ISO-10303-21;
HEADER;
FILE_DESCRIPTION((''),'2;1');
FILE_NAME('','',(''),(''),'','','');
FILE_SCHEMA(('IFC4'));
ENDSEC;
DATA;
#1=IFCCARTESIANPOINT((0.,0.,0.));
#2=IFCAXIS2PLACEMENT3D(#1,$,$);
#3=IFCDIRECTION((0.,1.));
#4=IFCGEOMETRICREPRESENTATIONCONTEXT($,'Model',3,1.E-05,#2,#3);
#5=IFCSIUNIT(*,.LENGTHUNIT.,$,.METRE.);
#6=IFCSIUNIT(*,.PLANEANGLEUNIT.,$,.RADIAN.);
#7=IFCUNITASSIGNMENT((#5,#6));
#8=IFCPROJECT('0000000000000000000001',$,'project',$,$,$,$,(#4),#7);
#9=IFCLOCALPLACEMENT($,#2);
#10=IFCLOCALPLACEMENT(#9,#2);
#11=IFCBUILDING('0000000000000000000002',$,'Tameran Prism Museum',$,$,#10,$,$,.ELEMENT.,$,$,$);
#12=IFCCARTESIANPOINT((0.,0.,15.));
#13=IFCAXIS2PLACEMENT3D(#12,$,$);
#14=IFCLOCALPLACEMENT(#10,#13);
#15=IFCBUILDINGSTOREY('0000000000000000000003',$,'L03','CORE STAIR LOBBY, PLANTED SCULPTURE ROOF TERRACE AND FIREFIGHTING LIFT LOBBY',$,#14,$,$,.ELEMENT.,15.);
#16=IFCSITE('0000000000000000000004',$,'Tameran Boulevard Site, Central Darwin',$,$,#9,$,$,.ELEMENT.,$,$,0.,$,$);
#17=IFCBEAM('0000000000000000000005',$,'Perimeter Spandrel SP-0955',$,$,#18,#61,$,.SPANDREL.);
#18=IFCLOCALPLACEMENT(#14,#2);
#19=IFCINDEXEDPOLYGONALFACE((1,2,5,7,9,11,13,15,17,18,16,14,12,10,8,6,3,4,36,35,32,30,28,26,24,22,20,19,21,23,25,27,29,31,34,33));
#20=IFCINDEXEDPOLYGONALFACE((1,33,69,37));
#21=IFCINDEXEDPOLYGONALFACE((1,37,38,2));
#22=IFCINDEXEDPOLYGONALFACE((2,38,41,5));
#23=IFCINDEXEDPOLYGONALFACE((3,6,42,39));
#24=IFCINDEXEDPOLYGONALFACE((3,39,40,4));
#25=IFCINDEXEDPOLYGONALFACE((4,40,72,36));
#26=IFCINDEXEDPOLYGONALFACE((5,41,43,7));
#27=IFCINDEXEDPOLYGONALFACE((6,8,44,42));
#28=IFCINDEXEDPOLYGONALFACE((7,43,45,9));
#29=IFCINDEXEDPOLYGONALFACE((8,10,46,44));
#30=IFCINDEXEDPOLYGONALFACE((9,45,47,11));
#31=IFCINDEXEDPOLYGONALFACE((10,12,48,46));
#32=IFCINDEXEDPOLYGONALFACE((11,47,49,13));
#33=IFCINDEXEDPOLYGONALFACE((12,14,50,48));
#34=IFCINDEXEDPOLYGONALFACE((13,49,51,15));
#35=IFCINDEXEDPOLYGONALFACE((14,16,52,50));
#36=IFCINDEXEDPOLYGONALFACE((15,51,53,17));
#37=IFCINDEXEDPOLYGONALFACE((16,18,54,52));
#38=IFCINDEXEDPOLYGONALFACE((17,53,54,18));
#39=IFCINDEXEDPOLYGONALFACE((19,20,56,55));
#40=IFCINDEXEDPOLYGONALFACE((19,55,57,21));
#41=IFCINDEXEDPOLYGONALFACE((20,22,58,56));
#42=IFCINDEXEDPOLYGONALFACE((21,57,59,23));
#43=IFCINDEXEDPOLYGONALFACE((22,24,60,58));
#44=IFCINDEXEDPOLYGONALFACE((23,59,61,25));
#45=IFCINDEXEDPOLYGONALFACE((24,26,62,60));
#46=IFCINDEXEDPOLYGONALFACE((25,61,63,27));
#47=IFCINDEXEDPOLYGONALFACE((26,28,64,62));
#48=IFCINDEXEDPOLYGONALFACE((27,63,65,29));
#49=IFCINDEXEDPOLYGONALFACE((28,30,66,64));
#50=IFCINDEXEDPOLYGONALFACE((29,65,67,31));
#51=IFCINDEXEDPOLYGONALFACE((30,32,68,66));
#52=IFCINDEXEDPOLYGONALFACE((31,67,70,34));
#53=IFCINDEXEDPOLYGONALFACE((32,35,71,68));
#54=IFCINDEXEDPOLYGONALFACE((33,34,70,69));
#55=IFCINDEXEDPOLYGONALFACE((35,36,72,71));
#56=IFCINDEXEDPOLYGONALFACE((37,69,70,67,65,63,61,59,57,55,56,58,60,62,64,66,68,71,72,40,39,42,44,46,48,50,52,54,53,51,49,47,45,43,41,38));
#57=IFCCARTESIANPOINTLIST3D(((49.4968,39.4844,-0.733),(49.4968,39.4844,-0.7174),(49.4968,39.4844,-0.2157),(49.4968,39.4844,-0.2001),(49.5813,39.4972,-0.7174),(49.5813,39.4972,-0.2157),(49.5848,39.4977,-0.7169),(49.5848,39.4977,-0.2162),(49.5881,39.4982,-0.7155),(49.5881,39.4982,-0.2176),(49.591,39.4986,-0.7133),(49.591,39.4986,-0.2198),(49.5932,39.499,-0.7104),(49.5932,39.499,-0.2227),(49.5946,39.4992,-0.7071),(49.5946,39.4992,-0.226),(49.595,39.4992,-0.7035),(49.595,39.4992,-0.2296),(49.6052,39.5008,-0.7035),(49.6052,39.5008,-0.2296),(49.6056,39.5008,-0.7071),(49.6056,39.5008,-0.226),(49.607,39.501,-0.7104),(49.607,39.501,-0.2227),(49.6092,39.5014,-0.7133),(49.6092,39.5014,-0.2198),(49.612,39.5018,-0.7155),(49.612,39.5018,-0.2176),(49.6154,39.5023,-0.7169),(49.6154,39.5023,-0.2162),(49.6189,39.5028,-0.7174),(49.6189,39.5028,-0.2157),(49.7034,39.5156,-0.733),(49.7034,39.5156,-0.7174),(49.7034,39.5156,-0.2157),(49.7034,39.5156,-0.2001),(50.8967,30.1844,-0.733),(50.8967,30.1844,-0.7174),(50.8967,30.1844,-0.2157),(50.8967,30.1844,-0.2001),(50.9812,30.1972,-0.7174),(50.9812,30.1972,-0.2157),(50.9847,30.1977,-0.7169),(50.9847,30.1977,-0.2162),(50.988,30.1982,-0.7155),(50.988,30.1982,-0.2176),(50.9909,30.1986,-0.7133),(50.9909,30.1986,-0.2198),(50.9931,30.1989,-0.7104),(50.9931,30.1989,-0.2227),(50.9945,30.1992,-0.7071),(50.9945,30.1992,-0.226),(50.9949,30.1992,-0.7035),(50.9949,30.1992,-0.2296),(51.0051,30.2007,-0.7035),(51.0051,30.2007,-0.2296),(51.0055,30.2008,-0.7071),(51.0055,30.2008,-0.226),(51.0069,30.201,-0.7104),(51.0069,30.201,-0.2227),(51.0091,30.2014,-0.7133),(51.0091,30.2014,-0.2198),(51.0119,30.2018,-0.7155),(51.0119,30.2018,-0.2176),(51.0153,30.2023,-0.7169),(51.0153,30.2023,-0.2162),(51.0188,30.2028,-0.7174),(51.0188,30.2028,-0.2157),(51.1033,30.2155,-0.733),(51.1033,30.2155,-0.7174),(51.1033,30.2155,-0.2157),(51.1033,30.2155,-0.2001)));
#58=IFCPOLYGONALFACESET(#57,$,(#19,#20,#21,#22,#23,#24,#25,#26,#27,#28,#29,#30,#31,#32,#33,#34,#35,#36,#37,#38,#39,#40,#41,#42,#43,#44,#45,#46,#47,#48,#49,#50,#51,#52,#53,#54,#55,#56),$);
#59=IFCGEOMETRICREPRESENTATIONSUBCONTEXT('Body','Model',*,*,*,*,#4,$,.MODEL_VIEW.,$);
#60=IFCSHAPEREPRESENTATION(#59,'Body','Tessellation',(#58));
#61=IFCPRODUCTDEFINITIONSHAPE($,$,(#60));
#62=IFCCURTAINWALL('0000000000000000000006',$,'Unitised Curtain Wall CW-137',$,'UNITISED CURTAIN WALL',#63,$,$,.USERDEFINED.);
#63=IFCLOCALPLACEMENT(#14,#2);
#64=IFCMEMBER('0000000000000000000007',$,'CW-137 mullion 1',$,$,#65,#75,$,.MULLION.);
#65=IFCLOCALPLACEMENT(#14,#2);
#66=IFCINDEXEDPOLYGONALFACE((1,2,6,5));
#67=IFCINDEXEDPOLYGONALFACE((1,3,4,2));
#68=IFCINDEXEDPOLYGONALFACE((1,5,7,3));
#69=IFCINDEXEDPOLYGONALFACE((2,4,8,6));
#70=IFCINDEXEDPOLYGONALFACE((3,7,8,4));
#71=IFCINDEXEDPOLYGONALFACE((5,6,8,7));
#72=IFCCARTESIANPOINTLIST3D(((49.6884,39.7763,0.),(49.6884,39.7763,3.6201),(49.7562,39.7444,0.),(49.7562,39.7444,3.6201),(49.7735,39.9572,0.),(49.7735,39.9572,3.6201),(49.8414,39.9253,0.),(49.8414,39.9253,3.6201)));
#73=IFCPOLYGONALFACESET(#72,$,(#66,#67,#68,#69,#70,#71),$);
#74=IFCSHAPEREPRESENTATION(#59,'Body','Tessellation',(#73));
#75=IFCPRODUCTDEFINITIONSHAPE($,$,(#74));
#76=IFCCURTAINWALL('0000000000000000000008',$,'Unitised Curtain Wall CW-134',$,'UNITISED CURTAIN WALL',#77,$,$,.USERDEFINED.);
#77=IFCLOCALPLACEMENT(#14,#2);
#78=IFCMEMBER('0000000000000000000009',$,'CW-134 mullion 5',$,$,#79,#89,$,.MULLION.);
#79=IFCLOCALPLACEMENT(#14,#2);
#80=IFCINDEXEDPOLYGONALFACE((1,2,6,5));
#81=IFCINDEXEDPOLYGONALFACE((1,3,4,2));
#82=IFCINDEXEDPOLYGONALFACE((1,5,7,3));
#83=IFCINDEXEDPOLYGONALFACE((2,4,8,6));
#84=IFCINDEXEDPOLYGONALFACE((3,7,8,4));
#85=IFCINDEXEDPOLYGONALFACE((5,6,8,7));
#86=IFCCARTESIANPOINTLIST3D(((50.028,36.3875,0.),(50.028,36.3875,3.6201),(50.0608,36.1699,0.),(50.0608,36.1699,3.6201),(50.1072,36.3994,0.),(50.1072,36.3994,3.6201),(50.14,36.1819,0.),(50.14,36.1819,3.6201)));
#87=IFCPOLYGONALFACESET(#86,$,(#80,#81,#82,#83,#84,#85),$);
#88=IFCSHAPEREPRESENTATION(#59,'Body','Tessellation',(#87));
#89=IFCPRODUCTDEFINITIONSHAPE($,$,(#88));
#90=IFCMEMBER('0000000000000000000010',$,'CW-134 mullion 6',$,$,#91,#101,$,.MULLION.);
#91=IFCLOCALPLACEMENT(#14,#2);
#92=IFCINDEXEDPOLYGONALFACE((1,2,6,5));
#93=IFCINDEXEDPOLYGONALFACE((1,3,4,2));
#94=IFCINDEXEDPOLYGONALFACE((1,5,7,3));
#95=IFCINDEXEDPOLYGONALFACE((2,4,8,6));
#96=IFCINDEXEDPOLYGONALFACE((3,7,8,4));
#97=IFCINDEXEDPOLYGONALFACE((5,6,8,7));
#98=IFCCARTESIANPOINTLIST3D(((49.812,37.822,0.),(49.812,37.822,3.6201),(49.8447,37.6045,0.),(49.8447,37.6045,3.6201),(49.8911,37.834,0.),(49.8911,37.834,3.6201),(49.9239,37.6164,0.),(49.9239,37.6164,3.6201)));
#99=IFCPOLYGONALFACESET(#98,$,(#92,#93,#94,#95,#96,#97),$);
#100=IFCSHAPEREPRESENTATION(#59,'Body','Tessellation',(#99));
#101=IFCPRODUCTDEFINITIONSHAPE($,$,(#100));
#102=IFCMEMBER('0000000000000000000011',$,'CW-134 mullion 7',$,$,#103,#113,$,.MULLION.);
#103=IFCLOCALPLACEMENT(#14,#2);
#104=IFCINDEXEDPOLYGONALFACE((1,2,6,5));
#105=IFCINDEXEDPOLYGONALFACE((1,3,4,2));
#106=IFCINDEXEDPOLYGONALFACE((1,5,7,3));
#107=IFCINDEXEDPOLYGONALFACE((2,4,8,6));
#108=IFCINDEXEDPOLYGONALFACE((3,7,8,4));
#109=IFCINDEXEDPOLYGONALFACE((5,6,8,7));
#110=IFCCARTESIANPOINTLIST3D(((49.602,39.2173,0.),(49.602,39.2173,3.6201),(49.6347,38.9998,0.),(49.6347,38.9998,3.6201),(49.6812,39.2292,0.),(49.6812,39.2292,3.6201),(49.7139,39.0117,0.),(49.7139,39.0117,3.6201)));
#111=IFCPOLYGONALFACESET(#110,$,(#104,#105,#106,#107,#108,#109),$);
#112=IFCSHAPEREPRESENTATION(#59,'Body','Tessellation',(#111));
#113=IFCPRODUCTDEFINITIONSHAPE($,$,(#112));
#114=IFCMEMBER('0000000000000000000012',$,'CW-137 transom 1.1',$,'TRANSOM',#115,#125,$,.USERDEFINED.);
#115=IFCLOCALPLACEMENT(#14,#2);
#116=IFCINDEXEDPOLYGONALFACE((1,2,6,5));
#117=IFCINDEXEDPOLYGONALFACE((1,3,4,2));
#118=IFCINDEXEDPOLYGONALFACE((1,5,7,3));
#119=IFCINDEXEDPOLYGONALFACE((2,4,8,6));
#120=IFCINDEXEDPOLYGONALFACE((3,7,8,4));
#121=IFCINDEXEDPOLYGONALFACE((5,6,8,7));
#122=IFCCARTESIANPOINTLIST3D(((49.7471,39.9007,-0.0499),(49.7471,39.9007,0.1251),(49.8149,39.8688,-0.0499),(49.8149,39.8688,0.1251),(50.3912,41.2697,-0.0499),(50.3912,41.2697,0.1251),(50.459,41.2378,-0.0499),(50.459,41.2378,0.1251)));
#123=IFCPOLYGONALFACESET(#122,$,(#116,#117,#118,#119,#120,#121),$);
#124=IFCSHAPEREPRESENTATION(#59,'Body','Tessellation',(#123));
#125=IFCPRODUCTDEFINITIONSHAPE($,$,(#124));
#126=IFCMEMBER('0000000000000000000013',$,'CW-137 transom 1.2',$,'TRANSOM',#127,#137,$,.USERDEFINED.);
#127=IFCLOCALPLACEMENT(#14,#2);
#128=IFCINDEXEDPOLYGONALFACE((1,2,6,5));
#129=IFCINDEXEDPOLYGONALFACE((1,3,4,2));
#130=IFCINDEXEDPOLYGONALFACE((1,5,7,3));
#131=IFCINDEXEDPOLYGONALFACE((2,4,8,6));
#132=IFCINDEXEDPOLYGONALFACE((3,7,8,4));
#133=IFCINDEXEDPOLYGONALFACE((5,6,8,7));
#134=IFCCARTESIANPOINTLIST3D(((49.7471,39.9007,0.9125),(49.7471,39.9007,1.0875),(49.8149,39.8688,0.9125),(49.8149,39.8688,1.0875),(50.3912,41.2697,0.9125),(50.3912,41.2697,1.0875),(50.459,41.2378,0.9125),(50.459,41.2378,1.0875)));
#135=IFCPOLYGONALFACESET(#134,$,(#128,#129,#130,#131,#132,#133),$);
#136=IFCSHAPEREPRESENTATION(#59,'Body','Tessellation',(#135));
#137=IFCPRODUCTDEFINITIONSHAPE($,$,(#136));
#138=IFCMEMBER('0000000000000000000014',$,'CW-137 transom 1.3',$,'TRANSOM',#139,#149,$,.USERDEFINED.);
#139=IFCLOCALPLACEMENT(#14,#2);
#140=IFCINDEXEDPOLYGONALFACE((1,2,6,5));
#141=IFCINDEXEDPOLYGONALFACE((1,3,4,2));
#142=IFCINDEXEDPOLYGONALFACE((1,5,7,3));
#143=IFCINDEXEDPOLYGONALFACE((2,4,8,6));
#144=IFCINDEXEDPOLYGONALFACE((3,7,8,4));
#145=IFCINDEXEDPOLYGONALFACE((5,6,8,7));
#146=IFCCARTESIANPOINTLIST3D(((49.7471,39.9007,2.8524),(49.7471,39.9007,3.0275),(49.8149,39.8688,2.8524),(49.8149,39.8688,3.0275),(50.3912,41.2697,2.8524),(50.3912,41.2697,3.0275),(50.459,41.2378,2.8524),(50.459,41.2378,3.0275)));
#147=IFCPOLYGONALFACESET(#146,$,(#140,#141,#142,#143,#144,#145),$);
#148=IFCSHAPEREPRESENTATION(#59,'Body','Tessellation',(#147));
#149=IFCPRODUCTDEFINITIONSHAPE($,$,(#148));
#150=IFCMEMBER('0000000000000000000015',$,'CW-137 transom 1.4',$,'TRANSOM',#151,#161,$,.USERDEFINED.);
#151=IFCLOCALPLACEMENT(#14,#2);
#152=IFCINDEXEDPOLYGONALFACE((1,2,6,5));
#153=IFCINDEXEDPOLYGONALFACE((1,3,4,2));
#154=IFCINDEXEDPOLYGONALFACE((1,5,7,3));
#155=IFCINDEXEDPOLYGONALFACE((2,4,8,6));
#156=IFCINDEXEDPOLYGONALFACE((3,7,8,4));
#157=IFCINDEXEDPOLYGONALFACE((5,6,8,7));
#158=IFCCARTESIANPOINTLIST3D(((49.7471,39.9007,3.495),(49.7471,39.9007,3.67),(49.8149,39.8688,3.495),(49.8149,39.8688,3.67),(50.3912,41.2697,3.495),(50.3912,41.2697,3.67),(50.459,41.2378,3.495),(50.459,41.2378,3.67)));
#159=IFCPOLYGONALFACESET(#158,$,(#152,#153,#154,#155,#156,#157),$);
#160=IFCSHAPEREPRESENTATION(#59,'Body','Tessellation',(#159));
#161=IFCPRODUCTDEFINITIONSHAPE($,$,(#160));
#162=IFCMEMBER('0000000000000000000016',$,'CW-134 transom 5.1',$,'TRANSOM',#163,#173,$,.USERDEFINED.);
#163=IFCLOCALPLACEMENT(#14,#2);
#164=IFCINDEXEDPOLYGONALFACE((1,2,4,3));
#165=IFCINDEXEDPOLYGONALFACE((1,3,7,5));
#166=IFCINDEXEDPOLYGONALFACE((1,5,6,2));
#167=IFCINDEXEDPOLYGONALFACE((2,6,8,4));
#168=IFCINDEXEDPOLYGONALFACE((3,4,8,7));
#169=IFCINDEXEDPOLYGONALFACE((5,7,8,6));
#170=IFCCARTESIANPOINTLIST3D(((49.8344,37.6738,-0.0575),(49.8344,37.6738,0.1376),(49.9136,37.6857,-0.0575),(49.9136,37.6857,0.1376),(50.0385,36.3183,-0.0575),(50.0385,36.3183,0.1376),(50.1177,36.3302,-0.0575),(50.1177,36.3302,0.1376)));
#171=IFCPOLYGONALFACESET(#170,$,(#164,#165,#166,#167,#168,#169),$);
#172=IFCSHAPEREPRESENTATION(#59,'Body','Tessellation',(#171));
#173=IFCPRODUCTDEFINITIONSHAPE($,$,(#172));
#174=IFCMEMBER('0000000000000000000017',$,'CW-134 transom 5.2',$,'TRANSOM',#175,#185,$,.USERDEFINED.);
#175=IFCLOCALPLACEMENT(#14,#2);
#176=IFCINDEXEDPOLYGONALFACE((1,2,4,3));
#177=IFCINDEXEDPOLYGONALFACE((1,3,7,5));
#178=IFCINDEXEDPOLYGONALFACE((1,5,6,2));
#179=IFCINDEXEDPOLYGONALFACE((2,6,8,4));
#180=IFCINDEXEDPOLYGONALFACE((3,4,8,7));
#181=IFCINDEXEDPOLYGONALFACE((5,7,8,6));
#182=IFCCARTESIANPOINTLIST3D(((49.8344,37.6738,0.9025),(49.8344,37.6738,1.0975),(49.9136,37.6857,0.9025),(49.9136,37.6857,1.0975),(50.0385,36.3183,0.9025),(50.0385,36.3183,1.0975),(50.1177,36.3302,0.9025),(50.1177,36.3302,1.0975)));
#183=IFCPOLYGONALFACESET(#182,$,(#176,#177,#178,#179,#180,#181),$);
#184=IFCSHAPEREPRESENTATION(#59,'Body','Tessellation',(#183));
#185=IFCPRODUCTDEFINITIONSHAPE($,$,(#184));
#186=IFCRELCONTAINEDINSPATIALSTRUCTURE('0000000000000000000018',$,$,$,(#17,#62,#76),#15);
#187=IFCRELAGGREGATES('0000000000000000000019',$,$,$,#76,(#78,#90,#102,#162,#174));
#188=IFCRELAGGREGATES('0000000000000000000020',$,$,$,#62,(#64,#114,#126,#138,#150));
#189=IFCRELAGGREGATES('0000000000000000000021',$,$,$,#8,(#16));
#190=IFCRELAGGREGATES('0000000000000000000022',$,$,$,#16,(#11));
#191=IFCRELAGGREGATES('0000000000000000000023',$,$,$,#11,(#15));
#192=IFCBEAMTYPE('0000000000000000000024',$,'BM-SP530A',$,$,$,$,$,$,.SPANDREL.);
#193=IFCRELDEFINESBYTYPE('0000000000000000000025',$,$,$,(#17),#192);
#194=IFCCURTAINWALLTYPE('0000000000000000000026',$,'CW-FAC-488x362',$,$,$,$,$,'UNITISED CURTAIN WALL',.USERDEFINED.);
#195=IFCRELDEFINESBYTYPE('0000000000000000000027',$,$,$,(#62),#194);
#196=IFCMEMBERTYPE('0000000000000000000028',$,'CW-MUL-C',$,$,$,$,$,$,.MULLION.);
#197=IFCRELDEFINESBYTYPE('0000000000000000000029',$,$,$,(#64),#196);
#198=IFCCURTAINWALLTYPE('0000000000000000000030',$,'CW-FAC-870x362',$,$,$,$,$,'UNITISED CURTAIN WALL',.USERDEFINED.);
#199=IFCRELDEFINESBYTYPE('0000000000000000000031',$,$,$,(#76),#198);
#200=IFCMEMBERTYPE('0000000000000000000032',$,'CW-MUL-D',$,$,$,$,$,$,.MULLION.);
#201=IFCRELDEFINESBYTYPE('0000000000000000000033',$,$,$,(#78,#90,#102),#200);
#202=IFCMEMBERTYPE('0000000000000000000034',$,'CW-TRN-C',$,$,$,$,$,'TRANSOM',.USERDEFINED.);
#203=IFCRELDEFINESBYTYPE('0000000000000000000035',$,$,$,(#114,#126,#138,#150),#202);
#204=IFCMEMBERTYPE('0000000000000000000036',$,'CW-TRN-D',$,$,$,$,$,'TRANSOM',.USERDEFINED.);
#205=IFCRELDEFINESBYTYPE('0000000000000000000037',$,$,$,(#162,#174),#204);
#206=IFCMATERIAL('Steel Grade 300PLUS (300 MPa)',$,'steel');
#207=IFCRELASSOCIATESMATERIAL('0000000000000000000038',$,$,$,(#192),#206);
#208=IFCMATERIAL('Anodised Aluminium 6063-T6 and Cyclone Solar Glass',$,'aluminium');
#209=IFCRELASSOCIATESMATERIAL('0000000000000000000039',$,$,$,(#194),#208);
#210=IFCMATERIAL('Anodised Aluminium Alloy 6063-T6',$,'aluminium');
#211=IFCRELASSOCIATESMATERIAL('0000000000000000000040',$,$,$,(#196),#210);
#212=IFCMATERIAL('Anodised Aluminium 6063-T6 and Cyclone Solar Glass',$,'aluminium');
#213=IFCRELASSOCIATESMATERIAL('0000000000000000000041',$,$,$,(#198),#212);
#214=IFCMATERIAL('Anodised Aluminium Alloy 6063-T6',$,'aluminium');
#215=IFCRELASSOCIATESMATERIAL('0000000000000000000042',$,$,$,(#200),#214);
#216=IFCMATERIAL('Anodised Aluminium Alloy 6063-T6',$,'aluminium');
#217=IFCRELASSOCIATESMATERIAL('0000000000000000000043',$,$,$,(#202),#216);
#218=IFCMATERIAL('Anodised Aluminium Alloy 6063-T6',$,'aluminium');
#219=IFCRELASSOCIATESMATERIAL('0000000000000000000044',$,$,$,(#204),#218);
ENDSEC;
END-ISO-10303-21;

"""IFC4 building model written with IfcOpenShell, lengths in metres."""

from ifc_helpers import new_model, si_unit, direction, frame, origin, origin_2d, place, context, subcontext, project, spatial, rectangle, i_section, extrude, material, material_profile, profile_set, type_object, element, aggregate, save


model = new_model("IFC4")

# Units and contexts
model_context = context("Model", 3, precision=1e-05, world=origin(), true_north=direction((0.0, 1.0)))
body_context = subcontext(model_context, "Body", "Model", "MODEL_VIEW")
ifc_project = project(units=[si_unit("LENGTHUNIT", "METRE"), si_unit("PLANEANGLEUNIT", "RADIAN")], contexts=[model_context])

# Site, building, storey
site_placement = place(None, origin())
site = spatial("IfcSite", under=ifc_project, at=site_placement, Name="Tameran Boulevard Site, Central Darwin", CompositionType="ELEMENT", RefElevation=0.0)
building_placement = place(site_placement, origin())
building = spatial("IfcBuilding", under=site, at=building_placement, Name="Tameran Prism Museum", CompositionType="ELEMENT")
storey_placement = place(building_placement, frame((0.0, 0.0, 15.0)))
storey = spatial("IfcBuildingStorey", under=building, at=storey_placement, Name="L03", Description="CORE STAIR LOBBY, PLANTED SCULPTURE ROOF TERRACE AND FIREFIGHTING LIFT LOBBY", CompositionType="ELEMENT", Elevation=15.0)

# Beam
ifc_material_1 = material(Name="Steel Grade 300PLUS (300 MPa)", Category="steel")
ifc_material_profile_1 = material_profile(ifc_material_1, i_section(OverallWidth=0.209, OverallDepth=0.533, WebThickness=0.0103, FlangeThickness=0.0156, FilletRadius=0.0139, at=origin_2d()))
ifc_profile_set_1 = profile_set([ifc_material_profile_1])
beam_type_1 = type_object("IfcBeamType", Name="BM-SP530A", PredefinedType="SPANDREL", material=ifc_profile_set_1)
beam_1_placement = place(storey_placement, frame((49.6001, 39.5, -0.4666), z_axis=(0.148849, -0.98886, 0.0), x_axis=(0.98886, 0.148849, 0.0)))
element("IfcBeam", 1, at=beam_1_placement, inside=storey, type_object=beam_type_1, Name="Perimeter Spandrel SP-0955", PredefinedType="SPANDREL", context=body_context, shape_type="SweptSolid", body=[
    extrude(i_section(OverallWidth=0.209, OverallDepth=0.533, WebThickness=0.0103, FlangeThickness=0.0156, FilletRadius=0.0139, at=origin_2d()), origin(), (0.0, 0.0, 1.0), 9.4048),
])

# Curtain wall, member
ifc_material_2 = material(Name="Anodised Aluminium 6063-T6 and Cyclone Solar Glass", Category="aluminium")
curtain_wall_type_1 = type_object("IfcCurtainWallType", Name="CW-FAC-488x362", ElementType="UNITISED CURTAIN WALL", PredefinedType="USERDEFINED", material=ifc_material_2)
curtain_wall_1_placement = place(storey_placement, origin())
curtain_wall_1 = element("IfcCurtainWall", 2, at=curtain_wall_1_placement, inside=storey, type_object=curtain_wall_type_1, Name="Unitised Curtain Wall CW-137", ObjectType="UNITISED CURTAIN WALL", PredefinedType="USERDEFINED")
ifc_material_3 = material(Name="Anodised Aluminium Alloy 6063-T6", Category="aluminium")
ifc_material_profile_2 = material_profile(ifc_material_3, rectangle(XDim=0.075, YDim=0.2, at=origin_2d()))
ifc_profile_set_2 = profile_set([ifc_material_profile_2])
member_type_1 = type_object("IfcMemberType", Name="CW-MUL-C", PredefinedType="MULLION", material=ifc_profile_set_2)
member_1_placement = place(storey_placement, frame((49.7649, 39.8508, 0.0), z_axis=(0.0, 0.0, 1.0), x_axis=(-0.904837, 0.425758, 0.0)))
member_1 = element("IfcMember", 3, at=member_1_placement, type_object=member_type_1, Name="CW-137 mullion 1", PredefinedType="MULLION", context=body_context, shape_type="SweptSolid", body=[
    extrude(rectangle(XDim=0.075, YDim=0.2, at=origin_2d()), origin(), (0.0, 0.0, 1.0), 3.6201),
])

# Curtain wall, members
ifc_material_4 = material(Name="Anodised Aluminium 6063-T6 and Cyclone Solar Glass", Category="aluminium")
curtain_wall_type_2 = type_object("IfcCurtainWallType", Name="CW-FAC-870x362", ElementType="UNITISED CURTAIN WALL", PredefinedType="USERDEFINED", material=ifc_material_4)
curtain_wall_2_placement = place(storey_placement, origin())
curtain_wall_2 = element("IfcCurtainWall", 4, at=curtain_wall_2_placement, inside=storey, type_object=curtain_wall_type_2, Name="Unitised Curtain Wall CW-134", ObjectType="UNITISED CURTAIN WALL", PredefinedType="USERDEFINED")
ifc_material_5 = material(Name="Anodised Aluminium Alloy 6063-T6", Category="aluminium")
ifc_material_profile_3 = material_profile(ifc_material_5, rectangle(XDim=0.0801, YDim=0.22, at=origin_2d()))
ifc_profile_set_3 = profile_set([ifc_material_profile_3])
member_type_2 = type_object("IfcMemberType", Name="CW-MUL-D", PredefinedType="MULLION", material=ifc_profile_set_3)
member_2_placement = place(storey_placement, frame((50.084, 36.2847, 0.0), z_axis=(0.0, 0.0, 1.0), x_axis=(-0.988855, -0.14888, 0.0)))
member_2 = element("IfcMember", 5, at=member_2_placement, type_object=member_type_2, Name="CW-134 mullion 5", PredefinedType="MULLION", context=body_context, shape_type="SweptSolid", body=[
    extrude(rectangle(XDim=0.0801, YDim=0.22, at=origin_2d()), origin(), (0.0, 0.0, 1.0), 3.6201),
])
member_3_placement = place(storey_placement, frame((49.8679, 37.7192, 0.0), z_axis=(0.0, 0.0, 1.0), x_axis=(-0.988855, -0.14888, 0.0)))
member_3 = element("IfcMember", 6, at=member_3_placement, type_object=member_type_2, Name="CW-134 mullion 6", PredefinedType="MULLION", context=body_context, shape_type="SweptSolid", body=[
    extrude(rectangle(XDim=0.0801, YDim=0.22, at=origin_2d()), origin(), (0.0, 0.0, 1.0), 3.6201),
])
member_4_placement = place(storey_placement, frame((49.658, 39.1145, 0.0), z_axis=(0.0, 0.0, 1.0), x_axis=(-0.988855, -0.14888, 0.0)))
member_4 = element("IfcMember", 7, at=member_4_placement, type_object=member_type_2, Name="CW-134 mullion 7", PredefinedType="MULLION", context=body_context, shape_type="SweptSolid", body=[
    extrude(rectangle(XDim=0.0801, YDim=0.22, at=origin_2d()), origin(), (0.0, 0.0, 1.0), 3.6201),
])

# Members
ifc_material_6 = material(Name="Anodised Aluminium Alloy 6063-T6", Category="aluminium")
ifc_material_profile_4 = material_profile(ifc_material_6, rectangle(XDim=0.075, YDim=0.175, at=origin_2d()))
ifc_profile_set_4 = profile_set([ifc_material_profile_4])
member_type_3 = type_object("IfcMemberType", Name="CW-TRN-C", ElementType="TRANSOM", PredefinedType="USERDEFINED", material=ifc_profile_set_4)
member_5_placement = place(storey_placement, frame((49.781, 39.8848, 0.0376), z_axis=(0.425719, 0.904855, 0.0), x_axis=(-0.904855, 0.425719, 0.0)))
member_5 = element("IfcMember", 8, at=member_5_placement, type_object=member_type_3, Name="CW-137 transom 1.1", ObjectType="TRANSOM", PredefinedType="USERDEFINED", context=body_context, shape_type="SweptSolid", body=[
    extrude(rectangle(XDim=0.075, YDim=0.175, at=origin_2d()), origin(), (0.0, 0.0, 1.0), 1.5129),
])
member_6_placement = place(storey_placement, frame((49.781, 39.8848, 1.0), z_axis=(0.425719, 0.904855, 0.0), x_axis=(-0.904855, 0.425719, 0.0)))
member_6 = element("IfcMember", 9, at=member_6_placement, type_object=member_type_3, Name="CW-137 transom 1.2", ObjectType="TRANSOM", PredefinedType="USERDEFINED", context=body_context, shape_type="SweptSolid", body=[
    extrude(rectangle(XDim=0.075, YDim=0.175, at=origin_2d()), origin(), (0.0, 0.0, 1.0), 1.5129),
])
member_7_placement = place(storey_placement, frame((49.781, 39.8848, 2.9399), z_axis=(0.425719, 0.904855, 0.0), x_axis=(-0.904855, 0.425719, 0.0)))
member_7 = element("IfcMember", 10, at=member_7_placement, type_object=member_type_3, Name="CW-137 transom 1.3", ObjectType="TRANSOM", PredefinedType="USERDEFINED", context=body_context, shape_type="SweptSolid", body=[
    extrude(rectangle(XDim=0.075, YDim=0.175, at=origin_2d()), origin(), (0.0, 0.0, 1.0), 1.5129),
])
member_8_placement = place(storey_placement, frame((49.781, 39.8848, 3.5825), z_axis=(0.425719, 0.904855, 0.0), x_axis=(-0.904855, 0.425719, 0.0)))
member_8 = element("IfcMember", 11, at=member_8_placement, type_object=member_type_3, Name="CW-137 transom 1.4", ObjectType="TRANSOM", PredefinedType="USERDEFINED", context=body_context, shape_type="SweptSolid", body=[
    extrude(rectangle(XDim=0.075, YDim=0.175, at=origin_2d()), origin(), (0.0, 0.0, 1.0), 1.5129),
])
ifc_material_7 = material(Name="Anodised Aluminium Alloy 6063-T6", Category="aluminium")
ifc_material_profile_5 = material_profile(ifc_material_7, rectangle(XDim=0.0801, YDim=0.1951, at=origin_2d()))
ifc_profile_set_5 = profile_set([ifc_material_profile_5])
member_type_4 = type_object("IfcMemberType", Name="CW-TRN-D", ElementType="TRANSOM", PredefinedType="USERDEFINED", material=ifc_profile_set_5)
member_9_placement = place(storey_placement, frame((50.0781, 36.3242, 0.04), z_axis=(-0.148898, 0.988853, 0.0), x_axis=(-0.988853, -0.148898, 0.0)))
member_9 = element("IfcMember", 12, at=member_9_placement, type_object=member_type_4, Name="CW-134 transom 5.1", ObjectType="TRANSOM", PredefinedType="USERDEFINED", context=body_context, shape_type="SweptSolid", body=[
    extrude(rectangle(XDim=0.0801, YDim=0.1951, at=origin_2d()), origin(), (0.0, 0.0, 1.0), 1.3708),
])
member_10_placement = place(storey_placement, frame((50.0781, 36.3242, 1.0), z_axis=(-0.148898, 0.988853, 0.0), x_axis=(-0.988853, -0.148898, 0.0)))
member_10 = element("IfcMember", 13, at=member_10_placement, type_object=member_type_4, Name="CW-134 transom 5.2", ObjectType="TRANSOM", PredefinedType="USERDEFINED", context=body_context, shape_type="SweptSolid", body=[
    extrude(rectangle(XDim=0.0801, YDim=0.1951, at=origin_2d()), origin(), (0.0, 0.0, 1.0), 1.3708),
])

aggregate(curtain_wall_2, [member_2, member_3, member_4, member_9, member_10])
aggregate(curtain_wall_1, [member_1, member_5, member_6, member_7, member_8])

save(model, "model.ifc")
